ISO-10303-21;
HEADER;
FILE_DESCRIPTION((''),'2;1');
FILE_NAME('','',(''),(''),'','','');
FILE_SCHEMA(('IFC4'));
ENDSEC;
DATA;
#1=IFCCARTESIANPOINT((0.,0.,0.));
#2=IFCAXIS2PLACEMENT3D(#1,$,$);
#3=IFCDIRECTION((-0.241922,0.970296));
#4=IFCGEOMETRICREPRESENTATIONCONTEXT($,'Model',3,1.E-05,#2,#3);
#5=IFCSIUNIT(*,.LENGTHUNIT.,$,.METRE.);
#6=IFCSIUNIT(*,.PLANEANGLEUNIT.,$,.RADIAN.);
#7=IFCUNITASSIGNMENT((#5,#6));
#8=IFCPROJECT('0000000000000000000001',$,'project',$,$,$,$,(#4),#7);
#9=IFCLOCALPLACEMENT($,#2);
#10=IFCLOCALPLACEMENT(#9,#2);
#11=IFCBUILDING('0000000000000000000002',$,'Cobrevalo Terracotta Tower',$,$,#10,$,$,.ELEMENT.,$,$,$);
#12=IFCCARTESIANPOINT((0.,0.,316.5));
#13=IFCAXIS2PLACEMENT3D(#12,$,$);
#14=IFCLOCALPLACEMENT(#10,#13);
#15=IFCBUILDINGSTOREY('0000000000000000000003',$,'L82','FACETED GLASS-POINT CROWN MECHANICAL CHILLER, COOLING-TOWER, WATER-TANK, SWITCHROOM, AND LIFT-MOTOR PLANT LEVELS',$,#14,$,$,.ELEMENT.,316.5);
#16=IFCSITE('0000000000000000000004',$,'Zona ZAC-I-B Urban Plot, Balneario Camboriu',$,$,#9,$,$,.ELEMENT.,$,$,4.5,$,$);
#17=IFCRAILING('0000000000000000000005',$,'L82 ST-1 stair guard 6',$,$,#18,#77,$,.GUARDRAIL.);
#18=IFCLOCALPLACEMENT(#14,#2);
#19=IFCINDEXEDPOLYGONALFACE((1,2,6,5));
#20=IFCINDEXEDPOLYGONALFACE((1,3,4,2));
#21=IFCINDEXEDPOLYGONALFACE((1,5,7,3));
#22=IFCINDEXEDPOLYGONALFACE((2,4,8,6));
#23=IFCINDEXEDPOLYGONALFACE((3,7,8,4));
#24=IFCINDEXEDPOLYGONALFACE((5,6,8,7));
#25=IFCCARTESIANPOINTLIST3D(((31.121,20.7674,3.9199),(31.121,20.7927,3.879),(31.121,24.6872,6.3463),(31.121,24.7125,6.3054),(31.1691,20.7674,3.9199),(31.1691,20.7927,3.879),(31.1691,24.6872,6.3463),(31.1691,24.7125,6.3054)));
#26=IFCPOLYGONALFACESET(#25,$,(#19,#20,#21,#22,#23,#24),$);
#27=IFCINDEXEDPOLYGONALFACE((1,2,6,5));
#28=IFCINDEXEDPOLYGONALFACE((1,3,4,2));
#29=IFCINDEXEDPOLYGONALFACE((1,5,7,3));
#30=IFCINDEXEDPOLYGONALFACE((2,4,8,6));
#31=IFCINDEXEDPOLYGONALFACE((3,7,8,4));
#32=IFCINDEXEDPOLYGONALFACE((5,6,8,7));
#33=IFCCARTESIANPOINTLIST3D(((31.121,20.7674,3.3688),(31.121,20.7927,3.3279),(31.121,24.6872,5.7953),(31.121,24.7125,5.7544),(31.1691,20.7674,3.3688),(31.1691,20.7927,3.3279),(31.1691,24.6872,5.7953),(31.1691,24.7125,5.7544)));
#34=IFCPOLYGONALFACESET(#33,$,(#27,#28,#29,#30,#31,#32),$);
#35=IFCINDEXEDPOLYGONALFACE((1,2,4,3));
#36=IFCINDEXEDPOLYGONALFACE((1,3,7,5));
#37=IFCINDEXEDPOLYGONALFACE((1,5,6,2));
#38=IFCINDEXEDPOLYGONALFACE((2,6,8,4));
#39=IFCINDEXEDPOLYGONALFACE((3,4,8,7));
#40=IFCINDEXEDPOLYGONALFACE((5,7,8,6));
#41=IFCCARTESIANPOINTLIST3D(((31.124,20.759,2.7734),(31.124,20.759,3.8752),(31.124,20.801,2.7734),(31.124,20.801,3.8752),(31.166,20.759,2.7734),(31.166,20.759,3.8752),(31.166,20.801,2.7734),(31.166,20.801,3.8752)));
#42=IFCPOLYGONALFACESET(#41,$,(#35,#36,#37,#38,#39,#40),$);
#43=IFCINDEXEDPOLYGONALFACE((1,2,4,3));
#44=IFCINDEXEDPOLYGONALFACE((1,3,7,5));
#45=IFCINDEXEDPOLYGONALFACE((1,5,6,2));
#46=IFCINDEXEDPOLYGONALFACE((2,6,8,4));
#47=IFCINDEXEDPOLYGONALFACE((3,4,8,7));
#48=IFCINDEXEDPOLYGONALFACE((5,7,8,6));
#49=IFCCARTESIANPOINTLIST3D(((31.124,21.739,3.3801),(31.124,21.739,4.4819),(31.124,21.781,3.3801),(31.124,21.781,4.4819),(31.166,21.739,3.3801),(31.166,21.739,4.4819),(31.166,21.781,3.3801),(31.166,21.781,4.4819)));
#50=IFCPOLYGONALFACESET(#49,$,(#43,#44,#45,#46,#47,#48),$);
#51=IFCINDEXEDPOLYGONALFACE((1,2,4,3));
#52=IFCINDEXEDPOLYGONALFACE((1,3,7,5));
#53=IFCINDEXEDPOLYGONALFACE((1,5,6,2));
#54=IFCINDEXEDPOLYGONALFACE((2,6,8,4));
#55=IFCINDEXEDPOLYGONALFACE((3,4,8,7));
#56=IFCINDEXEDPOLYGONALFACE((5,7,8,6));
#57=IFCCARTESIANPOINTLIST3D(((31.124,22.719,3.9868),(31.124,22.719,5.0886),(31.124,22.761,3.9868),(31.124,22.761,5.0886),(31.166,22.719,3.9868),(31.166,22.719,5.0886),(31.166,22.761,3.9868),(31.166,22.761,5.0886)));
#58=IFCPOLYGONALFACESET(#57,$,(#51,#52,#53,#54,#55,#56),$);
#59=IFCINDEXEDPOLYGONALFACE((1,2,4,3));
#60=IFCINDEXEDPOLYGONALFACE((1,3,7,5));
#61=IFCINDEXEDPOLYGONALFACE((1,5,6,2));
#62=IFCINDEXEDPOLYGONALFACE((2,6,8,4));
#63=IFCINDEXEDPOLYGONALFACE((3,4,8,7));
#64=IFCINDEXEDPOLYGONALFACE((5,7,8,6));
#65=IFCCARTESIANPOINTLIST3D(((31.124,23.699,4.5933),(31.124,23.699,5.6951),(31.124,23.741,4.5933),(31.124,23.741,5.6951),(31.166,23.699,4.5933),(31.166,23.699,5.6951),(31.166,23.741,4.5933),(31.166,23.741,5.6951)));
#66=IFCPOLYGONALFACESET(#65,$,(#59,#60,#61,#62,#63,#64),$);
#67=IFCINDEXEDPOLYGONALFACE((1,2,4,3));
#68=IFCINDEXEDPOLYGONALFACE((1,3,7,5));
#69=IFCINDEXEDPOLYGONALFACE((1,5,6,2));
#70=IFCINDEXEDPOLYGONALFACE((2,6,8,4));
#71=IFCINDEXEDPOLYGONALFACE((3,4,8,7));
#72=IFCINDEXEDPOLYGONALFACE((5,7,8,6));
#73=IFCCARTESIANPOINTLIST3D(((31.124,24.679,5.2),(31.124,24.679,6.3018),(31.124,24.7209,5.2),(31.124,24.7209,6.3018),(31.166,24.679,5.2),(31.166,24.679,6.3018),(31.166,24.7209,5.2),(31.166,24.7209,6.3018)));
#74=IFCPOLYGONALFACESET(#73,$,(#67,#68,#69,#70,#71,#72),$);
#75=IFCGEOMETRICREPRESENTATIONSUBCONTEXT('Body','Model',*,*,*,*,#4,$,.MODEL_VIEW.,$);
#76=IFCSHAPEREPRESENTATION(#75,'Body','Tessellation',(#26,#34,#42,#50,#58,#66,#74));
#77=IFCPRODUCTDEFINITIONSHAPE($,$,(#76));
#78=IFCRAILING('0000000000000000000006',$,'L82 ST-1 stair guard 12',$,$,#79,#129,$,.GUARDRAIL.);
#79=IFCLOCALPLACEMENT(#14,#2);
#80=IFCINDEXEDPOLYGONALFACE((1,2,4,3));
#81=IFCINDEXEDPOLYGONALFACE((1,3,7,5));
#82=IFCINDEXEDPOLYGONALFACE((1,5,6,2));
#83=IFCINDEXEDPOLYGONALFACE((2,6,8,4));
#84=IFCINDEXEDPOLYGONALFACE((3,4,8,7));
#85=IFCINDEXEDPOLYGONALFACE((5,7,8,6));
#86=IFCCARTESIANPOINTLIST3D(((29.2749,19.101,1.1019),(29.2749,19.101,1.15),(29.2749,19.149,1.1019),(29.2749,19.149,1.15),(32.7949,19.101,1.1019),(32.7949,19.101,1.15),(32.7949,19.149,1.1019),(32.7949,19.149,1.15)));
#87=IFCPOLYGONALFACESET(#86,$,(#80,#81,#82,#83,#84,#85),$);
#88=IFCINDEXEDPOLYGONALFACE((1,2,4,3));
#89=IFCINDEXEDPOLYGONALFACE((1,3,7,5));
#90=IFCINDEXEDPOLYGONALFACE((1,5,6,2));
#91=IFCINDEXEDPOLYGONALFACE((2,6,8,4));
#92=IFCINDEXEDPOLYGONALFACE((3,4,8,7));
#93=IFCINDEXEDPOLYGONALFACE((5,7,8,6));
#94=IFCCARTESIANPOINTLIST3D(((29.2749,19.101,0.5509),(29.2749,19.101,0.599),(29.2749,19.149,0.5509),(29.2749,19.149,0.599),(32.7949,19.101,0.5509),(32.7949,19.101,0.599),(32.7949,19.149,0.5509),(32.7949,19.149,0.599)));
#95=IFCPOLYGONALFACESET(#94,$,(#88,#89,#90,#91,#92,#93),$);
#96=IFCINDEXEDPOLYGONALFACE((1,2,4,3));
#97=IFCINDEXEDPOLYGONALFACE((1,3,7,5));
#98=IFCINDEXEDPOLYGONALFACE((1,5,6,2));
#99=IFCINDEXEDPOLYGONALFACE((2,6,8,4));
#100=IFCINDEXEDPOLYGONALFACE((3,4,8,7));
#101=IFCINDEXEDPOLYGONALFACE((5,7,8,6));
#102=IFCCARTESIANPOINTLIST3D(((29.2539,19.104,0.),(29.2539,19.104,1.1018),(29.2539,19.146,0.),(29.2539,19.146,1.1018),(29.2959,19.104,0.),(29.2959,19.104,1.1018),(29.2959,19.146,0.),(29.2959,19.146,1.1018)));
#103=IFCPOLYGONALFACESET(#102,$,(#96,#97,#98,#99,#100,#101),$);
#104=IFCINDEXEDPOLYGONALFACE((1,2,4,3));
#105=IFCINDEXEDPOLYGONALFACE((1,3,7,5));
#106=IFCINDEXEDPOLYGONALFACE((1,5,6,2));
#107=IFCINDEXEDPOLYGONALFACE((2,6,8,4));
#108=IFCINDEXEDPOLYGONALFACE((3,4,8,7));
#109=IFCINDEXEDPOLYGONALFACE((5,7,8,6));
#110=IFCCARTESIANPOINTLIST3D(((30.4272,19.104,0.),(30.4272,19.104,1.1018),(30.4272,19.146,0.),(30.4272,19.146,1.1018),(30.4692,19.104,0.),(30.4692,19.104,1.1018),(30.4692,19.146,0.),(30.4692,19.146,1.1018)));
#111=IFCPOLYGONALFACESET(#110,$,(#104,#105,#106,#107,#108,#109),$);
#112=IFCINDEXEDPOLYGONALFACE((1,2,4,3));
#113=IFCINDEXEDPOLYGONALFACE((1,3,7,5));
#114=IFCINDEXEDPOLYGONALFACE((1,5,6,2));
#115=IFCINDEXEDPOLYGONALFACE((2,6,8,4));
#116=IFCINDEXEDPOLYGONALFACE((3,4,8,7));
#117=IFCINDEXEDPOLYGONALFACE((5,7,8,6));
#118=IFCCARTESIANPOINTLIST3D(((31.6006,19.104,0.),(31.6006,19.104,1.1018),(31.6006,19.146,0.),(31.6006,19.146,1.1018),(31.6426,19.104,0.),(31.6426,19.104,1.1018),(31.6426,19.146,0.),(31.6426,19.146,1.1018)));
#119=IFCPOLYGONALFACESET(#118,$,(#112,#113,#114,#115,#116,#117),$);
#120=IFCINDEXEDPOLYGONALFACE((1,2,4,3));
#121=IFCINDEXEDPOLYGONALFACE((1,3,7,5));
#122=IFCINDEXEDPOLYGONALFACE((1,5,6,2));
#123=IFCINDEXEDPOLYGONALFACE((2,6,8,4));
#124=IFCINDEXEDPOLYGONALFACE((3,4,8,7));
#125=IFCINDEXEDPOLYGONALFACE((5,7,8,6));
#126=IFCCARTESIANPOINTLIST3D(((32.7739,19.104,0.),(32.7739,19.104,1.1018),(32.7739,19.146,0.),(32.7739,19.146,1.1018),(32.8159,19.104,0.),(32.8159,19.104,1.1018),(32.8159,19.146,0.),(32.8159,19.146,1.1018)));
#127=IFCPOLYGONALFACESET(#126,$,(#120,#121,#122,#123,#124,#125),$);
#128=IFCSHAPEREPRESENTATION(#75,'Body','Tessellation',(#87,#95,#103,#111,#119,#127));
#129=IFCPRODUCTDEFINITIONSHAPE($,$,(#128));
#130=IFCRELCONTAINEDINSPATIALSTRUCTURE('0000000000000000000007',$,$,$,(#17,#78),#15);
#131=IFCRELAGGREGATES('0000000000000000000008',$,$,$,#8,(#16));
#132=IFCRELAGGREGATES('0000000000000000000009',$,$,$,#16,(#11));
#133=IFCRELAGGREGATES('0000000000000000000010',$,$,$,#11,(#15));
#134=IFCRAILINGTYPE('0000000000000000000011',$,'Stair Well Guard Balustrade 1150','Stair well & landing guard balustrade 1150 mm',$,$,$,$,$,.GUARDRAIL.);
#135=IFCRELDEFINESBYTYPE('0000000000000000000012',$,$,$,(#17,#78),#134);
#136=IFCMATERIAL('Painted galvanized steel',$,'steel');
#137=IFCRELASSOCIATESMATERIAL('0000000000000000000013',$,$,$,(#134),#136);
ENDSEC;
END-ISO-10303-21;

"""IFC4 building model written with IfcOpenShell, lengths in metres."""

from ifc_helpers import new_model, si_unit, direction, frame, origin, origin_2d, place, context, subcontext, project, spatial, rectangle, extrude, material, type_object, element, save


model = new_model("IFC4")

# Units and contexts
model_context = context("Model", 3, precision=1e-05, world=origin(), true_north=direction((-0.241922, 0.970296)))
body_context = subcontext(model_context, "Body", "Model", "MODEL_VIEW")
ifc_project = project(units=[si_unit("LENGTHUNIT", "METRE"), si_unit("PLANEANGLEUNIT", "RADIAN")], contexts=[model_context])

# Site, building, storey
site_placement = place(None, origin())
site = spatial("IfcSite", under=ifc_project, at=site_placement, Name="Zona ZAC-I-B Urban Plot, Balneario Camboriu", CompositionType="ELEMENT", RefElevation=4.5)
building_placement = place(site_placement, origin())
building = spatial("IfcBuilding", under=site, at=building_placement, Name="Cobrevalo Terracotta Tower", CompositionType="ELEMENT")
storey_placement = place(building_placement, frame((0.0, 0.0, 316.5)))
storey = spatial("IfcBuildingStorey", under=building, at=storey_placement, Name="L82", Description="FACETED GLASS-POINT CROWN MECHANICAL CHILLER, COOLING-TOWER, WATER-TANK, SWITCHROOM, AND LIFT-MOTOR PLANT LEVELS", CompositionType="ELEMENT", Elevation=316.5)

# Railings
ifc_material_1 = material(Name="Painted galvanized steel", Category="steel")
railing_type_1 = type_object("IfcRailingType", Name="Stair Well Guard Balustrade 1150", Description="Stair well & landing guard balustrade 1150 mm", PredefinedType="GUARDRAIL", material=ifc_material_1)
railing_1_placement = place(storey_placement, frame((31.145, 20.78, 2.7734)))
element("IfcRailing", 1, at=railing_1_placement, inside=storey, type_object=railing_type_1, Name="L82 ST-1 stair guard 6", PredefinedType="GUARDRAIL", context=body_context, shape_type="SweptSolid", body=[
    extrude(rectangle(XDim=0.0481, YDim=0.0481, at=origin_2d()), frame((0.0, 0.0, 1.126), z_axis=(0.0, 0.850275, 0.526338), x_axis=(-1.0, 0.0, 0.0)), (0.0, 0.0, 1.0), 4.6101),
    extrude(rectangle(XDim=0.0481, YDim=0.0481, at=origin_2d()), frame((0.0, 0.0, 0.575), z_axis=(0.0, 0.850275, 0.526338), x_axis=(-1.0, 0.0, 0.0)), (0.0, 0.0, 1.0), 4.6101),
    extrude(rectangle(XDim=0.042, YDim=0.042, at=origin_2d()), origin(), (0.0, 0.0, 1.0), 1.1018),
    extrude(rectangle(XDim=0.042, YDim=0.042, at=origin_2d()), frame((0.0, 0.98, 0.6067)), (0.0, 0.0, 1.0), 1.1018),
    extrude(rectangle(XDim=0.042, YDim=0.042, at=origin_2d()), frame((0.0, 1.96, 1.2134)), (0.0, 0.0, 1.0), 1.1018),
    extrude(rectangle(XDim=0.042, YDim=0.042, at=origin_2d()), frame((0.0, 2.9399, 1.8198)), (0.0, 0.0, 1.0), 1.1018),
    extrude(rectangle(XDim=0.042, YDim=0.042, at=origin_2d()), frame((0.0, 3.9199, 2.4265)), (0.0, 0.0, 1.0), 1.1018),
])
railing_2_placement = place(storey_placement, frame((29.2749, 19.125, 0.0)))
element("IfcRailing", 2, at=railing_2_placement, inside=storey, type_object=railing_type_1, Name="L82 ST-1 stair guard 12", PredefinedType="GUARDRAIL", context=body_context, shape_type="SweptSolid", body=[
    extrude(rectangle(XDim=0.0481, YDim=0.0481, at=origin_2d()), frame((0.0, 0.0, 1.126), z_axis=(1.0, 0.0, 0.0), x_axis=(0.0, 1.0, 0.0)), (0.0, 0.0, 1.0), 3.52),
    extrude(rectangle(XDim=0.0481, YDim=0.0481, at=origin_2d()), frame((0.0, 0.0, 0.575), z_axis=(1.0, 0.0, 0.0), x_axis=(0.0, 1.0, 0.0)), (0.0, 0.0, 1.0), 3.52),
    extrude(rectangle(XDim=0.042, YDim=0.042, at=origin_2d()), origin(), (0.0, 0.0, 1.0), 1.1018),
    extrude(rectangle(XDim=0.042, YDim=0.042, at=origin_2d()), frame((1.1733, 0.0, 0.0)), (0.0, 0.0, 1.0), 1.1018),
    extrude(rectangle(XDim=0.042, YDim=0.042, at=origin_2d()), frame((2.3467, 0.0, 0.0)), (0.0, 0.0, 1.0), 1.1018),
    extrude(rectangle(XDim=0.042, YDim=0.042, at=origin_2d()), frame((3.52, 0.0, 0.0)), (0.0, 0.0, 1.0), 1.1018),
])

save(model, "model.ifc")
